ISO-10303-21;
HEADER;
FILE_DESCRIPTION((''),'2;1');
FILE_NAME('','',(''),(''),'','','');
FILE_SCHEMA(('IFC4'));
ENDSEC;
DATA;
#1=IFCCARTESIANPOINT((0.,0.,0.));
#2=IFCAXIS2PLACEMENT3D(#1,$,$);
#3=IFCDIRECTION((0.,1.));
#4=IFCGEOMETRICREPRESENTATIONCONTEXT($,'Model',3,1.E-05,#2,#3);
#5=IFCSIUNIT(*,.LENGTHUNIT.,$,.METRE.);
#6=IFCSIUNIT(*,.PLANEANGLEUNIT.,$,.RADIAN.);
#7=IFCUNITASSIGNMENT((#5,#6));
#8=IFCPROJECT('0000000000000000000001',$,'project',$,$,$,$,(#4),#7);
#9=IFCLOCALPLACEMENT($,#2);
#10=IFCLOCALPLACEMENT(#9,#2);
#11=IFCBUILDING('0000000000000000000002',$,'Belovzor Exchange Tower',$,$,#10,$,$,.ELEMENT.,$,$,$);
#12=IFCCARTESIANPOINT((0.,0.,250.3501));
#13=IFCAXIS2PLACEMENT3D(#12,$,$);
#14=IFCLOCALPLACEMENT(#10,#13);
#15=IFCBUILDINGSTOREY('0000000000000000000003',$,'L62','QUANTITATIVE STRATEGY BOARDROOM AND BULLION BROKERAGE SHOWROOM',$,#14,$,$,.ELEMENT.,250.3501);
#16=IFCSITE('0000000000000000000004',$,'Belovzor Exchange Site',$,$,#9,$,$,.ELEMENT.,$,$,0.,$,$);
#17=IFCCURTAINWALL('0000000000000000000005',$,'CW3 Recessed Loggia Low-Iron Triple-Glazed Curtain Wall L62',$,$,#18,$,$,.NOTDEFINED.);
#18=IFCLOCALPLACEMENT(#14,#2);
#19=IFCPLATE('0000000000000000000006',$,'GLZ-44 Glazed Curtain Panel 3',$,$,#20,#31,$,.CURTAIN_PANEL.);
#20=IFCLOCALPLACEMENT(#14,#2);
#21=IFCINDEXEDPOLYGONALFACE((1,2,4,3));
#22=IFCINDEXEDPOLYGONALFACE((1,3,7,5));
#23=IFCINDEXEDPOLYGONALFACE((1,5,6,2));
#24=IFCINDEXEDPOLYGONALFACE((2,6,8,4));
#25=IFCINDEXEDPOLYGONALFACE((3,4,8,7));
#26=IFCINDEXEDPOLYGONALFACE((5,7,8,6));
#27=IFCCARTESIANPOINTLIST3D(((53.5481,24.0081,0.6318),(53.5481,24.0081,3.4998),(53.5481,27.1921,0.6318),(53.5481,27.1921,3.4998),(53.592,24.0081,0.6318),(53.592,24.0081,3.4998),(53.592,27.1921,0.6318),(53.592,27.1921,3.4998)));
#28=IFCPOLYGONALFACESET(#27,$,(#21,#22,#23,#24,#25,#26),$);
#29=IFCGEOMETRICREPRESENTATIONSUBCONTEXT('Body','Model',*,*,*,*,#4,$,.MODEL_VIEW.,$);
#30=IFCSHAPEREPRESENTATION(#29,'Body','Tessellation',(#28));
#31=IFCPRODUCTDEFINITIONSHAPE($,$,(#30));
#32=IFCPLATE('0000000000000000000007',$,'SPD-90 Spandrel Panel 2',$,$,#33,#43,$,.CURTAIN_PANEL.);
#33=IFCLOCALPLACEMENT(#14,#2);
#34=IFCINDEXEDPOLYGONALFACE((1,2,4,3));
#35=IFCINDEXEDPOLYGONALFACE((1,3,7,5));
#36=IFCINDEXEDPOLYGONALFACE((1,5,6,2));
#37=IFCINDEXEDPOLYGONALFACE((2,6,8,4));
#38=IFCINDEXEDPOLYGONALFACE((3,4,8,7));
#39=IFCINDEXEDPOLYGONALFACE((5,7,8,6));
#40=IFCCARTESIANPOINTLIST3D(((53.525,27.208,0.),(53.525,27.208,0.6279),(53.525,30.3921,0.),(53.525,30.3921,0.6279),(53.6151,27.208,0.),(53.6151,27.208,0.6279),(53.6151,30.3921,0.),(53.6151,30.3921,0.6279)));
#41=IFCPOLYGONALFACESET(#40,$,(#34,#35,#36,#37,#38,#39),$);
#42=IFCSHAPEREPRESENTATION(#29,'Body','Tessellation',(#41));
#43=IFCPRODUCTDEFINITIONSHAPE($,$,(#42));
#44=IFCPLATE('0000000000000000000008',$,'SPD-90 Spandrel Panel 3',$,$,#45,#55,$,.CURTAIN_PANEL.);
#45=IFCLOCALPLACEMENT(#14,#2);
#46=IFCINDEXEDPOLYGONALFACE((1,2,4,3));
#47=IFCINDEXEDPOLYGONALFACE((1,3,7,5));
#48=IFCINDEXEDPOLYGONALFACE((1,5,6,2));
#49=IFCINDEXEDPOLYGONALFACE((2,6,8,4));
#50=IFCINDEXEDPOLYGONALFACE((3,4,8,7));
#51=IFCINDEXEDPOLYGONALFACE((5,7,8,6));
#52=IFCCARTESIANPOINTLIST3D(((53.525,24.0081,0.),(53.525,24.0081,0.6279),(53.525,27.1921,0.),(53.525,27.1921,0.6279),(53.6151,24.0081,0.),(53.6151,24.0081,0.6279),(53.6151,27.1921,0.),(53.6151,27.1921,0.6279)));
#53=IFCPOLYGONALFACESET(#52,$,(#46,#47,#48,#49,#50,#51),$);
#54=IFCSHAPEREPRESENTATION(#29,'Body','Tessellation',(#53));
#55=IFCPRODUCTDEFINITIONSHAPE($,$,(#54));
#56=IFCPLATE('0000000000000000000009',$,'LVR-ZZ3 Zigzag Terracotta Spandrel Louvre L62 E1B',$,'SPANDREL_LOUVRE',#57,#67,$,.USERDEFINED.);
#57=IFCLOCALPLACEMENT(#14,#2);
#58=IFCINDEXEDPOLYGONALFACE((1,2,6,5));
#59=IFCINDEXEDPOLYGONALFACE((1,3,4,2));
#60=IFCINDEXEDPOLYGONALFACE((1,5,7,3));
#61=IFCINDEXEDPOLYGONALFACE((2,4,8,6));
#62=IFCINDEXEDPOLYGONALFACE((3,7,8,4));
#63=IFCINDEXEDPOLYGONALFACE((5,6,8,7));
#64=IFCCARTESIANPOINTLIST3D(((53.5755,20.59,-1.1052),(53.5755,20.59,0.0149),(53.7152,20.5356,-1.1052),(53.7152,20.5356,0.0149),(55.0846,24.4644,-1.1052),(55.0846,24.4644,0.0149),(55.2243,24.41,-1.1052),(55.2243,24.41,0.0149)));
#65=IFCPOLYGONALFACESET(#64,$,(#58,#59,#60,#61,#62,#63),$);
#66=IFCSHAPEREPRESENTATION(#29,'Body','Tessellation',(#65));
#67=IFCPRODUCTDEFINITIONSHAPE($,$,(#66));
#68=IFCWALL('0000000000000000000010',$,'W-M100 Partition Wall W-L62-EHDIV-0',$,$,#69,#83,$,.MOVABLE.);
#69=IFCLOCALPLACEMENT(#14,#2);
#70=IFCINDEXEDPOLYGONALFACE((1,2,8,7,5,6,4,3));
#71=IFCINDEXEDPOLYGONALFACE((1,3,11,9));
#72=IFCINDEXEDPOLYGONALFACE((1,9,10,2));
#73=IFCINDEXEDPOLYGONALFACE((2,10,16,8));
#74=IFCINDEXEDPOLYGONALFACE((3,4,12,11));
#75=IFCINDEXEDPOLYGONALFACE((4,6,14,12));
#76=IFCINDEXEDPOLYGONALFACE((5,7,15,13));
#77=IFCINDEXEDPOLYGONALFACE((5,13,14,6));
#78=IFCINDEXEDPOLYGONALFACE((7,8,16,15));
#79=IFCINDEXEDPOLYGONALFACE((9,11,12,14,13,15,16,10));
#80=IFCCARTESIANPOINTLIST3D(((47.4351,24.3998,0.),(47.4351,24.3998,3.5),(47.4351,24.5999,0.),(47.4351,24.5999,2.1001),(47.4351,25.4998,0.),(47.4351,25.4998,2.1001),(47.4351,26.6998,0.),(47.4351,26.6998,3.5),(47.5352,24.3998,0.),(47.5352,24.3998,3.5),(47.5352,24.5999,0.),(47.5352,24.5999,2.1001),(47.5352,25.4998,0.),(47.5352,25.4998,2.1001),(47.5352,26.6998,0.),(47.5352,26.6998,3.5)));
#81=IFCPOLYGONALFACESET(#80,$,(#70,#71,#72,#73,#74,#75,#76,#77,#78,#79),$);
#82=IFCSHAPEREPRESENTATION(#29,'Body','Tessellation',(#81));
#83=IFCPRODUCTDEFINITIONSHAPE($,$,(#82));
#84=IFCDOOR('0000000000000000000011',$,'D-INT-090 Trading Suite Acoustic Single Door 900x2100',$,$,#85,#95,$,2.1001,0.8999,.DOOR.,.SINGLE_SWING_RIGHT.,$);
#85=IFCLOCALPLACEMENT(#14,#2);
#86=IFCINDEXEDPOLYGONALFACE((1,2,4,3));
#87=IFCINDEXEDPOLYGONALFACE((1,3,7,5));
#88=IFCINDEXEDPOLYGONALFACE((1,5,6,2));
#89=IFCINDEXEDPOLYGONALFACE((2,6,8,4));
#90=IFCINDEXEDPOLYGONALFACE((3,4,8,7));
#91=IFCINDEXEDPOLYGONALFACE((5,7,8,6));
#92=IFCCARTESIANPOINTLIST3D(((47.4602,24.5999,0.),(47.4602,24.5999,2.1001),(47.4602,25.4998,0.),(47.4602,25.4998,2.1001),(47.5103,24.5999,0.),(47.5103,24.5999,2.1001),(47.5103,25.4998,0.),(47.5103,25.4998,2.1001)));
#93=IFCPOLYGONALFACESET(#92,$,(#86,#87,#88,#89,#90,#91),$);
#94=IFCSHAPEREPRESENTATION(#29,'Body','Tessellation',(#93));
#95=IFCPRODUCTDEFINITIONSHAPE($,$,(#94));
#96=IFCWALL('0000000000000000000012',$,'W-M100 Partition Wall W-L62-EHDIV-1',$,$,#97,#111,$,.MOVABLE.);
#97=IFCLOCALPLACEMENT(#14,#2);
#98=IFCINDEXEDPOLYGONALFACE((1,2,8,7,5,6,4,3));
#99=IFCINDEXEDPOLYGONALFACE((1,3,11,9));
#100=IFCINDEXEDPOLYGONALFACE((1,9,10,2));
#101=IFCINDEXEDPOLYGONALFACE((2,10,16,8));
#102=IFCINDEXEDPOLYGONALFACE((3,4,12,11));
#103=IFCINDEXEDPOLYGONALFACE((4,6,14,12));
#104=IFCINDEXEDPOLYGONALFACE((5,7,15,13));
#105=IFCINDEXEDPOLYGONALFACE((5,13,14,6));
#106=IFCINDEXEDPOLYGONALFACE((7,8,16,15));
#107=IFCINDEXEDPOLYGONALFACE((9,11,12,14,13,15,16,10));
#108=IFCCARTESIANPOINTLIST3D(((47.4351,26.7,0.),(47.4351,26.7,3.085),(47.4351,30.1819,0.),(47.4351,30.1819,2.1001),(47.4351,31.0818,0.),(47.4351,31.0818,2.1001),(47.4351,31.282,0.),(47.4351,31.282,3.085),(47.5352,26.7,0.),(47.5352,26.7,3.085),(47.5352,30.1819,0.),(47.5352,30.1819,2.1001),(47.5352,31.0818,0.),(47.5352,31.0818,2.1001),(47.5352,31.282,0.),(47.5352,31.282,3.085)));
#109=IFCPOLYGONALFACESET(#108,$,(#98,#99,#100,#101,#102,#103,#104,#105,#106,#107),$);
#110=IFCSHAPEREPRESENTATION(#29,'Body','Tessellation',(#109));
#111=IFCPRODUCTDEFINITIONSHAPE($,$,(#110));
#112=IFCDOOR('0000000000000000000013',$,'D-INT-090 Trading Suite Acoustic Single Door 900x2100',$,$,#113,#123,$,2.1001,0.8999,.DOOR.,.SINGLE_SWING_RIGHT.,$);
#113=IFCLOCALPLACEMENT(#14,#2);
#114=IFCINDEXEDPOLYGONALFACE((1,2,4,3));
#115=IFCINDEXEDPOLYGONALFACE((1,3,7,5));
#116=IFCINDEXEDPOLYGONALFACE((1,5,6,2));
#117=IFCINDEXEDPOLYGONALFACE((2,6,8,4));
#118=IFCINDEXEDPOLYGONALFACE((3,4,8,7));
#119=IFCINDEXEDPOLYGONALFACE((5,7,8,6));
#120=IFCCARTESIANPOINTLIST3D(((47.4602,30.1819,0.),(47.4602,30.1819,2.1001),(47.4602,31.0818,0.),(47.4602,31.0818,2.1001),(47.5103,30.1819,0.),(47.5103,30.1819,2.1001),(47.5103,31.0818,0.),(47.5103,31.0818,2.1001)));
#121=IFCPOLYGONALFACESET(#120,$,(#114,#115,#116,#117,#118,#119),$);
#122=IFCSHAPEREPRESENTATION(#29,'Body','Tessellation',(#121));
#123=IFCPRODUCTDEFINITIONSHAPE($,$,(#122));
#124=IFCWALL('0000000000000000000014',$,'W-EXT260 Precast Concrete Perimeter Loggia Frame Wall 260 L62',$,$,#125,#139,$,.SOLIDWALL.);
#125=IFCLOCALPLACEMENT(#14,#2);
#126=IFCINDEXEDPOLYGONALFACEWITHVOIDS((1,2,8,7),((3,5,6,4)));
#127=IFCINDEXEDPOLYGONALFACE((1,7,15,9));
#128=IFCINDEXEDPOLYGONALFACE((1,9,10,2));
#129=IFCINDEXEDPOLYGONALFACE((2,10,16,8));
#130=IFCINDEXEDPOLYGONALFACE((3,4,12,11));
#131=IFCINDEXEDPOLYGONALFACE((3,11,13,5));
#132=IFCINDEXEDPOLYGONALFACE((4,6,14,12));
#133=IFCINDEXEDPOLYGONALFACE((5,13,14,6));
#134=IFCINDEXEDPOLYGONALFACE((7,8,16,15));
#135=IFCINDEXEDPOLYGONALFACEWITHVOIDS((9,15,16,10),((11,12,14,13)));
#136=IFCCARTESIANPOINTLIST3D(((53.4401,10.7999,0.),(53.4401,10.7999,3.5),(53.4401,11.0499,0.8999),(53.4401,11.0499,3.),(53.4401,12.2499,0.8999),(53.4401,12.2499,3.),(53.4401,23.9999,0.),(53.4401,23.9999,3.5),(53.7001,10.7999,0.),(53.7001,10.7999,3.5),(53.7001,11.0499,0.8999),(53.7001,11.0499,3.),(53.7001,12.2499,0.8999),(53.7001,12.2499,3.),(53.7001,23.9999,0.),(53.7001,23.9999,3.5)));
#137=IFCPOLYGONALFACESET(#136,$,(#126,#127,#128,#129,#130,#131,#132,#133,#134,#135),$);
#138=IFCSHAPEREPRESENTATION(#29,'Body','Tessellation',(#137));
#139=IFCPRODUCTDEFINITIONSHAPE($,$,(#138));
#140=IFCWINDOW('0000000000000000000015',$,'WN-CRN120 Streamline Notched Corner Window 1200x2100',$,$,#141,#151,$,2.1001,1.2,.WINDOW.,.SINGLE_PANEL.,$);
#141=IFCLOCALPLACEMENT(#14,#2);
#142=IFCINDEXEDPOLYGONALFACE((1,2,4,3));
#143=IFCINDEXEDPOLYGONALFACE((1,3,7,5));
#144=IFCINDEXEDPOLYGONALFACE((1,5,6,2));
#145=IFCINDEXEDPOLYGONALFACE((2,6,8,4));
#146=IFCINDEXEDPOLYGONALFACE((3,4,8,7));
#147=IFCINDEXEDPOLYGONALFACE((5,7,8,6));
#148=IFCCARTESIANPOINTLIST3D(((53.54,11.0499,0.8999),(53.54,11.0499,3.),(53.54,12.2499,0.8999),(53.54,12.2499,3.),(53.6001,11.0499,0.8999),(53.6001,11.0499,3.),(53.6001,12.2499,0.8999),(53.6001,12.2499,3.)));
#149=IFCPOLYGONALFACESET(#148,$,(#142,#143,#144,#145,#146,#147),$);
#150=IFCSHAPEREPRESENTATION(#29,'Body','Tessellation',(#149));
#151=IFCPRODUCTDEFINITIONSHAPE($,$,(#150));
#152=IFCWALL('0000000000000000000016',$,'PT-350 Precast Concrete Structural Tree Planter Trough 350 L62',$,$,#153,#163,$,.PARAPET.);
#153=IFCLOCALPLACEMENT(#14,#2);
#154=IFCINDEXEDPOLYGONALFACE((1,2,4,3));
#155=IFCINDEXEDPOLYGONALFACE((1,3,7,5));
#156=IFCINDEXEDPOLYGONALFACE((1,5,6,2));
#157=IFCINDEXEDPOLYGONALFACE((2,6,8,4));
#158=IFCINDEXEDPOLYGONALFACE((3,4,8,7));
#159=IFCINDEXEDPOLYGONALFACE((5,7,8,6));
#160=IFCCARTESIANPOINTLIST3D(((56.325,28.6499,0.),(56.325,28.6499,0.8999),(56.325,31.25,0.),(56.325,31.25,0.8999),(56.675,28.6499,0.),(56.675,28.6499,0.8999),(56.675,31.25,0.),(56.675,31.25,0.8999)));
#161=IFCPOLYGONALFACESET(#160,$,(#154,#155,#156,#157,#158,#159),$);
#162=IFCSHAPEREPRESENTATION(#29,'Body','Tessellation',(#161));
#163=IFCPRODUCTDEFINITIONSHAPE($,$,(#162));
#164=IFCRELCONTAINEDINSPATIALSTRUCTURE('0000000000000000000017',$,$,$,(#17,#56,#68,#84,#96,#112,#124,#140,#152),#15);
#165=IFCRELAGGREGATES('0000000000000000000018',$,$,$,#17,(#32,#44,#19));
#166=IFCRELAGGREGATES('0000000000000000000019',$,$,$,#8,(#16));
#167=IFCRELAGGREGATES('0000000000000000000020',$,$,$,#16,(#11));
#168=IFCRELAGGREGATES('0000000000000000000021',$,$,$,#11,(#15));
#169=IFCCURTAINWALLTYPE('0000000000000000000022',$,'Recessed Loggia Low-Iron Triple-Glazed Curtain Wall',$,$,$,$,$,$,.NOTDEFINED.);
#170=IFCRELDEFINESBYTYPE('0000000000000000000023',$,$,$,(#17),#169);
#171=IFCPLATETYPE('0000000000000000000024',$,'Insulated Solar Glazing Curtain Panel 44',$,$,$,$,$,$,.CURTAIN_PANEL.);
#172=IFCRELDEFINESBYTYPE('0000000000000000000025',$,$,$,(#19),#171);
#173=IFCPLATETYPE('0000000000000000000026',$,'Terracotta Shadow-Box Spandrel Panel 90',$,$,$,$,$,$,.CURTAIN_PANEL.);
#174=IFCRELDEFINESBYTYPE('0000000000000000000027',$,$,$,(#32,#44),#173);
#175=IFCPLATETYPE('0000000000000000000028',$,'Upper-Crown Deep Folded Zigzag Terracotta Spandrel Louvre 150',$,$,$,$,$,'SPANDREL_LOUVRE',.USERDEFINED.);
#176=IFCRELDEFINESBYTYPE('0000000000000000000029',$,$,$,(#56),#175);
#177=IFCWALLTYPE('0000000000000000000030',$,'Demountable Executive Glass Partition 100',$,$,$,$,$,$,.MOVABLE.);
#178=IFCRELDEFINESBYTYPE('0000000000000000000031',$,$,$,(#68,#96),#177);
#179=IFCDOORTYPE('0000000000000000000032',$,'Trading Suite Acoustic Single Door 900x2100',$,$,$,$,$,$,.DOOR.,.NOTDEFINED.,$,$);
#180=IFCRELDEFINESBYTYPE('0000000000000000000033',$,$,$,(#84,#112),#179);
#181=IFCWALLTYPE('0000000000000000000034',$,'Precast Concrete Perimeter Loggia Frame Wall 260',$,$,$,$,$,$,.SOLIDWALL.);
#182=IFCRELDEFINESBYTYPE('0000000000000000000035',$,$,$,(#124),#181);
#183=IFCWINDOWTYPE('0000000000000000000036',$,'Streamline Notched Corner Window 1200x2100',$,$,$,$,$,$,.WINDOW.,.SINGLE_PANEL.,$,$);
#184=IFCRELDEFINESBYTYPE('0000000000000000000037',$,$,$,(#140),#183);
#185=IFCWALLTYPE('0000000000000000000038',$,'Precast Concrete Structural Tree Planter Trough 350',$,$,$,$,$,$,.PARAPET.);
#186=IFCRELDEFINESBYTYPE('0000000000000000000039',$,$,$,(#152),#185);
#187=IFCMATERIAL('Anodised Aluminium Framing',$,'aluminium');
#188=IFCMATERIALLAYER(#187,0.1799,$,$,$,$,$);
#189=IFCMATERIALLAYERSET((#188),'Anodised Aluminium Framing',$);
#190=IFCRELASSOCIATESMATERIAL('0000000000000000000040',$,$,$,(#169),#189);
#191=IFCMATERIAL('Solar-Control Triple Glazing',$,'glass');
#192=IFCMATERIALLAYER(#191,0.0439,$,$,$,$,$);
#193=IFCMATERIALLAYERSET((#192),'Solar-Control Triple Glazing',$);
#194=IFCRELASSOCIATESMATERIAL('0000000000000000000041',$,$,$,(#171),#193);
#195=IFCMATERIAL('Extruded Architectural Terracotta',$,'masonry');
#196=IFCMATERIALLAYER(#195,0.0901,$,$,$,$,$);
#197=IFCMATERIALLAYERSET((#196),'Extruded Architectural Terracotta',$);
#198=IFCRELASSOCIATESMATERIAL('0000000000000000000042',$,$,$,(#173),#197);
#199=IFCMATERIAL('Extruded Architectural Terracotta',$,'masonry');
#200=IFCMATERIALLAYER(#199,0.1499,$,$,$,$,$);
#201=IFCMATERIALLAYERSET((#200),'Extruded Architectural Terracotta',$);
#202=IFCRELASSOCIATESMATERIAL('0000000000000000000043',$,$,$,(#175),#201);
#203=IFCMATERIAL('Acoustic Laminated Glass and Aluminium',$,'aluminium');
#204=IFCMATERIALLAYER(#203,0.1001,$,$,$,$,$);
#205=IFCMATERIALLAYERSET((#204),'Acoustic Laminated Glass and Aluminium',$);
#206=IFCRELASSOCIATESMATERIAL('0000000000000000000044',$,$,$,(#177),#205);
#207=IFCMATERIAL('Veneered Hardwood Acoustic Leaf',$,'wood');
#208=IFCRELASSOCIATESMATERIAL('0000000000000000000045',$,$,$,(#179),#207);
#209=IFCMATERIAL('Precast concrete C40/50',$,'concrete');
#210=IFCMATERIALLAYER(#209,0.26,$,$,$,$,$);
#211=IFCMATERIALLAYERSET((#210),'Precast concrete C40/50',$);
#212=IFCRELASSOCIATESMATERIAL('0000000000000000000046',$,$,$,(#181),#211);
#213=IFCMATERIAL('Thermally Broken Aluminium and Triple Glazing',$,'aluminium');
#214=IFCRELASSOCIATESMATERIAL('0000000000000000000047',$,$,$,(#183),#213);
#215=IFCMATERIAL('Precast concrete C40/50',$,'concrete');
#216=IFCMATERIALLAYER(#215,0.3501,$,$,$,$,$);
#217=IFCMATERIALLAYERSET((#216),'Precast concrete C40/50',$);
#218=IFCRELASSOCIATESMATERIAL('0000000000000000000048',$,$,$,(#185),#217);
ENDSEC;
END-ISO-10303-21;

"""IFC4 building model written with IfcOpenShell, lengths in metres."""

from ifc_helpers import new_model, si_unit, direction, frame, frame_2d, origin, origin_2d, place, context, subcontext, project, spatial, rectangle, extrude, material, layer, layer_set, type_object, element, fill, aggregate, save


model = new_model("IFC4")

# Units and contexts
model_context = context("Model", 3, precision=1e-05, world=origin(), true_north=direction((0.0, 1.0)))
body_context = subcontext(model_context, "Body", "Model", "MODEL_VIEW")
ifc_project = project(units=[si_unit("LENGTHUNIT", "METRE"), si_unit("PLANEANGLEUNIT", "RADIAN")], contexts=[model_context])

# Site, building, storey
site_placement = place(None, origin())
site = spatial("IfcSite", under=ifc_project, at=site_placement, Name="Belovzor Exchange Site", CompositionType="ELEMENT", RefElevation=0.0)
building_placement = place(site_placement, origin())
building = spatial("IfcBuilding", under=site, at=building_placement, Name="Belovzor Exchange Tower", CompositionType="ELEMENT")
storey_placement = place(building_placement, frame((0.0, 0.0, 250.3501)))
storey = spatial("IfcBuildingStorey", under=building, at=storey_placement, Name="L62", Description="QUANTITATIVE STRATEGY BOARDROOM AND BULLION BROKERAGE SHOWROOM", CompositionType="ELEMENT", Elevation=250.3501)

# Curtain wall, plates
ifc_material_1 = material(Name="Anodised Aluminium Framing", Category="aluminium")
ifc_layer_1 = layer(ifc_material_1, 0.1799)
ifc_layer_set_1 = layer_set([ifc_layer_1], Name="Anodised Aluminium Framing")
curtain_wall_type = type_object("IfcCurtainWallType", Name="Recessed Loggia Low-Iron Triple-Glazed Curtain Wall", PredefinedType="NOTDEFINED", material=ifc_layer_set_1)
curtain_wall_placement = place(storey_placement, origin())
curtain_wall = element("IfcCurtainWall", 1, at=curtain_wall_placement, inside=storey, type_object=curtain_wall_type, Name="CW3 Recessed Loggia Low-Iron Triple-Glazed Curtain Wall L62", PredefinedType="NOTDEFINED")
ifc_material_2 = material(Name="Solar-Control Triple Glazing", Category="glass")
ifc_layer_2 = layer(ifc_material_2, 0.0439)
ifc_layer_set_2 = layer_set([ifc_layer_2], Name="Solar-Control Triple Glazing")
plate_type_1 = type_object("IfcPlateType", Name="Insulated Solar Glazing Curtain Panel 44", PredefinedType="CURTAIN_PANEL", material=ifc_layer_set_2)
plate_1_placement = place(storey_placement, frame((53.5701, 25.6001, 0.6318), z_axis=(0.0, 0.0, 1.0), x_axis=(0.0, -1.0, 0.0)))
plate_1 = element("IfcPlate", 2, at=plate_1_placement, type_object=plate_type_1, Name="GLZ-44 Glazed Curtain Panel 3", PredefinedType="CURTAIN_PANEL", context=body_context, shape_type="SweptSolid", body=[
    extrude(rectangle(XDim=3.1841, YDim=0.0439, at=origin_2d()), origin(), (0.0, 0.0, 1.0), 2.8679),
])
ifc_material_3 = material(Name="Extruded Architectural Terracotta", Category="masonry")
ifc_layer_3 = layer(ifc_material_3, 0.0901)
ifc_layer_set_3 = layer_set([ifc_layer_3], Name="Extruded Architectural Terracotta")
plate_type_2 = type_object("IfcPlateType", Name="Terracotta Shadow-Box Spandrel Panel 90", PredefinedType="CURTAIN_PANEL", material=ifc_layer_set_3)
plate_2_placement = place(storey_placement, frame((53.5701, 28.8, 0.0), z_axis=(0.0, 0.0, 1.0), x_axis=(0.0, -1.0, 0.0)))
plate_2 = element("IfcPlate", 3, at=plate_2_placement, type_object=plate_type_2, Name="SPD-90 Spandrel Panel 2", PredefinedType="CURTAIN_PANEL", context=body_context, shape_type="SweptSolid", body=[
    extrude(rectangle(XDim=3.1841, YDim=0.0901, at=origin_2d()), origin(), (0.0, 0.0, 1.0), 0.6279),
])
plate_3_placement = place(storey_placement, frame((53.5701, 25.6001, 0.0), z_axis=(0.0, 0.0, 1.0), x_axis=(0.0, -1.0, 0.0)))
plate_3 = element("IfcPlate", 4, at=plate_3_placement, type_object=plate_type_2, Name="SPD-90 Spandrel Panel 3", PredefinedType="CURTAIN_PANEL", context=body_context, shape_type="SweptSolid", body=[
    extrude(rectangle(XDim=3.1841, YDim=0.0901, at=origin_2d()), origin(), (0.0, 0.0, 1.0), 0.6279),
])
aggregate(curtain_wall, [plate_2, plate_3, plate_1])

# Plate
ifc_material_4 = material(Name="Extruded Architectural Terracotta", Category="masonry")
ifc_layer_4 = layer(ifc_material_4, 0.1499)
ifc_layer_set_4 = layer_set([ifc_layer_4], Name="Extruded Architectural Terracotta")
plate_type_3 = type_object("IfcPlateType", Name="Upper-Crown Deep Folded Zigzag Terracotta Spandrel Louvre 150", ElementType="SPANDREL_LOUVRE", PredefinedType="USERDEFINED", material=ifc_layer_set_4)
plate_4_placement = place(storey_placement, frame((54.3999, 22.5, -1.1052), z_axis=(0.0, 0.0, 1.0), x_axis=(0.362926, 0.931818, 0.0)))
element("IfcPlate", 5, at=plate_4_placement, inside=storey, type_object=plate_type_3, Name="LVR-ZZ3 Zigzag Terracotta Spandrel Louvre L62 E1B", ObjectType="SPANDREL_LOUVRE", PredefinedType="USERDEFINED", context=body_context, shape_type="SweptSolid", body=[
    extrude(rectangle(XDim=4.158, YDim=0.1499, at=origin_2d()), origin(), (0.0, 0.0, 1.0), 1.1201),
])

# Walls, openings, doors
ifc_material_5 = material(Name="Acoustic Laminated Glass and Aluminium", Category="aluminium")
ifc_layer_5 = layer(ifc_material_5, 0.1001)
ifc_layer_set_5 = layer_set([ifc_layer_5], Name="Acoustic Laminated Glass and Aluminium")
wall_type_1 = type_object("IfcWallType", Name="Demountable Executive Glass Partition 100", PredefinedType="MOVABLE", material=ifc_layer_set_5)
wall_1_placement = place(storey_placement, frame((47.4851, 24.3999, 0.0), z_axis=(0.0, 0.0, 1.0), x_axis=(0.0, 1.0, 0.0)))
wall_1 = element("IfcWall", 6, at=wall_1_placement, inside=storey, type_object=wall_type_1, Name="W-M100 Partition Wall W-L62-EHDIV-0", PredefinedType="MOVABLE", context=body_context, shape_type="SweptSolid", body=[
    extrude(rectangle(XDim=2.3, YDim=0.1001, at=frame_2d((1.1499, 0.0))), origin(), (0.0, 0.0, 1.0), 3.5),
])
opening_1_placement = place(wall_1_placement, frame((0.2, 0.0, 0.0)))
opening_1 = element("IfcOpeningElement", 7, at=opening_1_placement, cuts=wall_1, PredefinedType="OPENING", context=body_context, shape_type="SweptSolid", body=[
    extrude(rectangle(XDim=0.8999, YDim=2.1001, at=frame_2d((0.45, 1.05))), frame((0.0, 0.0601, 0.0), z_axis=(0.0, -1.0, 0.0), x_axis=(1.0, 0.0, 0.0)), (0.0, 0.0, 1.0), 0.1201),
])
ifc_material_6 = material(Name="Veneered Hardwood Acoustic Leaf", Category="wood")
door_type = type_object("IfcDoorType", Name="Trading Suite Acoustic Single Door 900x2100", OperationType="NOTDEFINED", PredefinedType="DOOR", material=ifc_material_6)
door_1_placement = place(opening_1_placement, origin())
door_1 = element("IfcDoor", 8, at=door_1_placement, inside=storey, type_object=door_type, Name="D-INT-090 Trading Suite Acoustic Single Door 900x2100", OperationType="SINGLE_SWING_RIGHT", OverallHeight=2.1001, OverallWidth=0.8999, PredefinedType="DOOR", context=body_context, shape_type="SweptSolid", body=[
    extrude(rectangle(XDim=0.8999, YDim=2.1001, at=frame_2d((0.45, 1.05))), frame((0.0, 0.0249, 0.0), z_axis=(0.0, -1.0, 0.0), x_axis=(1.0, 0.0, 0.0)), (0.0, 0.0, 1.0), 0.05),
])
fill(opening_1, door_1)
wall_2_placement = place(storey_placement, frame((47.4851, 26.7, 0.0), z_axis=(0.0, 0.0, 1.0), x_axis=(0.0, 1.0, 0.0)))
wall_2 = element("IfcWall", 9, at=wall_2_placement, inside=storey, type_object=wall_type_1, Name="W-M100 Partition Wall W-L62-EHDIV-1", PredefinedType="MOVABLE", context=body_context, shape_type="SweptSolid", body=[
    extrude(rectangle(XDim=4.582, YDim=0.1001, at=frame_2d((2.291, 0.0))), origin(), (0.0, 0.0, 1.0), 3.085),
])
opening_2_placement = place(wall_2_placement, frame((3.4819, 0.0, 0.0)))
opening_2 = element("IfcOpeningElement", 10, at=opening_2_placement, cuts=wall_2, PredefinedType="OPENING", context=body_context, shape_type="SweptSolid", body=[
    extrude(rectangle(XDim=0.8999, YDim=2.1001, at=frame_2d((0.45, 1.05))), frame((0.0, 0.0601, 0.0), z_axis=(0.0, -1.0, 0.0), x_axis=(1.0, 0.0, 0.0)), (0.0, 0.0, 1.0), 0.1201),
])
door_2_placement = place(opening_2_placement, origin())
door_2 = element("IfcDoor", 11, at=door_2_placement, inside=storey, type_object=door_type, Name="D-INT-090 Trading Suite Acoustic Single Door 900x2100", OperationType="SINGLE_SWING_RIGHT", OverallHeight=2.1001, OverallWidth=0.8999, PredefinedType="DOOR", context=body_context, shape_type="SweptSolid", body=[
    extrude(rectangle(XDim=0.8999, YDim=2.1001, at=frame_2d((0.45, 1.05))), frame((0.0, 0.0249, 0.0), z_axis=(0.0, -1.0, 0.0), x_axis=(1.0, 0.0, 0.0)), (0.0, 0.0, 1.0), 0.05),
])
fill(opening_2, door_2)

# Wall, opening, window
ifc_material_7 = material(Name="Precast concrete C40/50", Category="concrete")
ifc_layer_6 = layer(ifc_material_7, 0.26)
ifc_layer_set_6 = layer_set([ifc_layer_6], Name="Precast concrete C40/50")
wall_type_2 = type_object("IfcWallType", Name="Precast Concrete Perimeter Loggia Frame Wall 260", PredefinedType="SOLIDWALL", material=ifc_layer_set_6)
wall_3_placement = place(storey_placement, frame((53.5701, 24.0, 0.0), z_axis=(0.0, 0.0, 1.0), x_axis=(0.0, -1.0, 0.0)))
wall_3 = element("IfcWall", 12, at=wall_3_placement, inside=storey, type_object=wall_type_2, Name="W-EXT260 Precast Concrete Perimeter Loggia Frame Wall 260 L62", PredefinedType="SOLIDWALL", context=body_context, shape_type="SweptSolid", body=[
    extrude(rectangle(XDim=13.2, YDim=0.26, at=frame_2d((6.6001, 0.0))), origin(), (0.0, 0.0, 1.0), 3.5),
])
opening_3_placement = place(wall_3_placement, frame((11.75, 0.0, 0.8999)))
opening_3 = element("IfcOpeningElement", 13, at=opening_3_placement, cuts=wall_3, PredefinedType="OPENING", context=body_context, shape_type="SweptSolid", body=[
    extrude(rectangle(XDim=1.2, YDim=2.1001, at=frame_2d((0.6001, 1.05))), frame((0.0, 0.1399, 0.0), z_axis=(0.0, -1.0, 0.0), x_axis=(1.0, 0.0, 0.0)), (0.0, 0.0, 1.0), 0.28),
])
ifc_material_8 = material(Name="Thermally Broken Aluminium and Triple Glazing", Category="aluminium")
window_type = type_object("IfcWindowType", Name="Streamline Notched Corner Window 1200x2100", PartitioningType="SINGLE_PANEL", PredefinedType="WINDOW", material=ifc_material_8)
window_placement = place(opening_3_placement, origin())
window = element("IfcWindow", 14, at=window_placement, inside=storey, type_object=window_type, Name="WN-CRN120 Streamline Notched Corner Window 1200x2100", OverallHeight=2.1001, OverallWidth=1.2, PartitioningType="SINGLE_PANEL", PredefinedType="WINDOW", context=body_context, shape_type="SweptSolid", body=[
    extrude(rectangle(XDim=1.2, YDim=2.1001, at=frame_2d((0.6001, 1.05))), frame((0.0, 0.03, 0.0), z_axis=(0.0, -1.0, 0.0), x_axis=(1.0, 0.0, 0.0)), (0.0, 0.0, 1.0), 0.0601),
])
fill(opening_3, window)

# Wall
ifc_material_9 = material(Name="Precast concrete C40/50", Category="concrete")
ifc_layer_7 = layer(ifc_material_9, 0.3501)
ifc_layer_set_7 = layer_set([ifc_layer_7], Name="Precast concrete C40/50")
wall_type_3 = type_object("IfcWallType", Name="Precast Concrete Structural Tree Planter Trough 350", PredefinedType="PARAPET", material=ifc_layer_set_7)
wall_4_placement = place(storey_placement, frame((56.5, 28.6499, 0.0), z_axis=(0.0, 0.0, 1.0), x_axis=(0.0, 1.0, 0.0)))
element("IfcWall", 15, at=wall_4_placement, inside=storey, type_object=wall_type_3, Name="PT-350 Precast Concrete Structural Tree Planter Trough 350 L62", PredefinedType="PARAPET", context=body_context, shape_type="SweptSolid", body=[
    extrude(rectangle(XDim=2.6001, YDim=0.3501, at=frame_2d((1.3, 0.0))), origin(), (0.0, 0.0, 1.0), 0.8999),
])

save(model, "model.ifc")
